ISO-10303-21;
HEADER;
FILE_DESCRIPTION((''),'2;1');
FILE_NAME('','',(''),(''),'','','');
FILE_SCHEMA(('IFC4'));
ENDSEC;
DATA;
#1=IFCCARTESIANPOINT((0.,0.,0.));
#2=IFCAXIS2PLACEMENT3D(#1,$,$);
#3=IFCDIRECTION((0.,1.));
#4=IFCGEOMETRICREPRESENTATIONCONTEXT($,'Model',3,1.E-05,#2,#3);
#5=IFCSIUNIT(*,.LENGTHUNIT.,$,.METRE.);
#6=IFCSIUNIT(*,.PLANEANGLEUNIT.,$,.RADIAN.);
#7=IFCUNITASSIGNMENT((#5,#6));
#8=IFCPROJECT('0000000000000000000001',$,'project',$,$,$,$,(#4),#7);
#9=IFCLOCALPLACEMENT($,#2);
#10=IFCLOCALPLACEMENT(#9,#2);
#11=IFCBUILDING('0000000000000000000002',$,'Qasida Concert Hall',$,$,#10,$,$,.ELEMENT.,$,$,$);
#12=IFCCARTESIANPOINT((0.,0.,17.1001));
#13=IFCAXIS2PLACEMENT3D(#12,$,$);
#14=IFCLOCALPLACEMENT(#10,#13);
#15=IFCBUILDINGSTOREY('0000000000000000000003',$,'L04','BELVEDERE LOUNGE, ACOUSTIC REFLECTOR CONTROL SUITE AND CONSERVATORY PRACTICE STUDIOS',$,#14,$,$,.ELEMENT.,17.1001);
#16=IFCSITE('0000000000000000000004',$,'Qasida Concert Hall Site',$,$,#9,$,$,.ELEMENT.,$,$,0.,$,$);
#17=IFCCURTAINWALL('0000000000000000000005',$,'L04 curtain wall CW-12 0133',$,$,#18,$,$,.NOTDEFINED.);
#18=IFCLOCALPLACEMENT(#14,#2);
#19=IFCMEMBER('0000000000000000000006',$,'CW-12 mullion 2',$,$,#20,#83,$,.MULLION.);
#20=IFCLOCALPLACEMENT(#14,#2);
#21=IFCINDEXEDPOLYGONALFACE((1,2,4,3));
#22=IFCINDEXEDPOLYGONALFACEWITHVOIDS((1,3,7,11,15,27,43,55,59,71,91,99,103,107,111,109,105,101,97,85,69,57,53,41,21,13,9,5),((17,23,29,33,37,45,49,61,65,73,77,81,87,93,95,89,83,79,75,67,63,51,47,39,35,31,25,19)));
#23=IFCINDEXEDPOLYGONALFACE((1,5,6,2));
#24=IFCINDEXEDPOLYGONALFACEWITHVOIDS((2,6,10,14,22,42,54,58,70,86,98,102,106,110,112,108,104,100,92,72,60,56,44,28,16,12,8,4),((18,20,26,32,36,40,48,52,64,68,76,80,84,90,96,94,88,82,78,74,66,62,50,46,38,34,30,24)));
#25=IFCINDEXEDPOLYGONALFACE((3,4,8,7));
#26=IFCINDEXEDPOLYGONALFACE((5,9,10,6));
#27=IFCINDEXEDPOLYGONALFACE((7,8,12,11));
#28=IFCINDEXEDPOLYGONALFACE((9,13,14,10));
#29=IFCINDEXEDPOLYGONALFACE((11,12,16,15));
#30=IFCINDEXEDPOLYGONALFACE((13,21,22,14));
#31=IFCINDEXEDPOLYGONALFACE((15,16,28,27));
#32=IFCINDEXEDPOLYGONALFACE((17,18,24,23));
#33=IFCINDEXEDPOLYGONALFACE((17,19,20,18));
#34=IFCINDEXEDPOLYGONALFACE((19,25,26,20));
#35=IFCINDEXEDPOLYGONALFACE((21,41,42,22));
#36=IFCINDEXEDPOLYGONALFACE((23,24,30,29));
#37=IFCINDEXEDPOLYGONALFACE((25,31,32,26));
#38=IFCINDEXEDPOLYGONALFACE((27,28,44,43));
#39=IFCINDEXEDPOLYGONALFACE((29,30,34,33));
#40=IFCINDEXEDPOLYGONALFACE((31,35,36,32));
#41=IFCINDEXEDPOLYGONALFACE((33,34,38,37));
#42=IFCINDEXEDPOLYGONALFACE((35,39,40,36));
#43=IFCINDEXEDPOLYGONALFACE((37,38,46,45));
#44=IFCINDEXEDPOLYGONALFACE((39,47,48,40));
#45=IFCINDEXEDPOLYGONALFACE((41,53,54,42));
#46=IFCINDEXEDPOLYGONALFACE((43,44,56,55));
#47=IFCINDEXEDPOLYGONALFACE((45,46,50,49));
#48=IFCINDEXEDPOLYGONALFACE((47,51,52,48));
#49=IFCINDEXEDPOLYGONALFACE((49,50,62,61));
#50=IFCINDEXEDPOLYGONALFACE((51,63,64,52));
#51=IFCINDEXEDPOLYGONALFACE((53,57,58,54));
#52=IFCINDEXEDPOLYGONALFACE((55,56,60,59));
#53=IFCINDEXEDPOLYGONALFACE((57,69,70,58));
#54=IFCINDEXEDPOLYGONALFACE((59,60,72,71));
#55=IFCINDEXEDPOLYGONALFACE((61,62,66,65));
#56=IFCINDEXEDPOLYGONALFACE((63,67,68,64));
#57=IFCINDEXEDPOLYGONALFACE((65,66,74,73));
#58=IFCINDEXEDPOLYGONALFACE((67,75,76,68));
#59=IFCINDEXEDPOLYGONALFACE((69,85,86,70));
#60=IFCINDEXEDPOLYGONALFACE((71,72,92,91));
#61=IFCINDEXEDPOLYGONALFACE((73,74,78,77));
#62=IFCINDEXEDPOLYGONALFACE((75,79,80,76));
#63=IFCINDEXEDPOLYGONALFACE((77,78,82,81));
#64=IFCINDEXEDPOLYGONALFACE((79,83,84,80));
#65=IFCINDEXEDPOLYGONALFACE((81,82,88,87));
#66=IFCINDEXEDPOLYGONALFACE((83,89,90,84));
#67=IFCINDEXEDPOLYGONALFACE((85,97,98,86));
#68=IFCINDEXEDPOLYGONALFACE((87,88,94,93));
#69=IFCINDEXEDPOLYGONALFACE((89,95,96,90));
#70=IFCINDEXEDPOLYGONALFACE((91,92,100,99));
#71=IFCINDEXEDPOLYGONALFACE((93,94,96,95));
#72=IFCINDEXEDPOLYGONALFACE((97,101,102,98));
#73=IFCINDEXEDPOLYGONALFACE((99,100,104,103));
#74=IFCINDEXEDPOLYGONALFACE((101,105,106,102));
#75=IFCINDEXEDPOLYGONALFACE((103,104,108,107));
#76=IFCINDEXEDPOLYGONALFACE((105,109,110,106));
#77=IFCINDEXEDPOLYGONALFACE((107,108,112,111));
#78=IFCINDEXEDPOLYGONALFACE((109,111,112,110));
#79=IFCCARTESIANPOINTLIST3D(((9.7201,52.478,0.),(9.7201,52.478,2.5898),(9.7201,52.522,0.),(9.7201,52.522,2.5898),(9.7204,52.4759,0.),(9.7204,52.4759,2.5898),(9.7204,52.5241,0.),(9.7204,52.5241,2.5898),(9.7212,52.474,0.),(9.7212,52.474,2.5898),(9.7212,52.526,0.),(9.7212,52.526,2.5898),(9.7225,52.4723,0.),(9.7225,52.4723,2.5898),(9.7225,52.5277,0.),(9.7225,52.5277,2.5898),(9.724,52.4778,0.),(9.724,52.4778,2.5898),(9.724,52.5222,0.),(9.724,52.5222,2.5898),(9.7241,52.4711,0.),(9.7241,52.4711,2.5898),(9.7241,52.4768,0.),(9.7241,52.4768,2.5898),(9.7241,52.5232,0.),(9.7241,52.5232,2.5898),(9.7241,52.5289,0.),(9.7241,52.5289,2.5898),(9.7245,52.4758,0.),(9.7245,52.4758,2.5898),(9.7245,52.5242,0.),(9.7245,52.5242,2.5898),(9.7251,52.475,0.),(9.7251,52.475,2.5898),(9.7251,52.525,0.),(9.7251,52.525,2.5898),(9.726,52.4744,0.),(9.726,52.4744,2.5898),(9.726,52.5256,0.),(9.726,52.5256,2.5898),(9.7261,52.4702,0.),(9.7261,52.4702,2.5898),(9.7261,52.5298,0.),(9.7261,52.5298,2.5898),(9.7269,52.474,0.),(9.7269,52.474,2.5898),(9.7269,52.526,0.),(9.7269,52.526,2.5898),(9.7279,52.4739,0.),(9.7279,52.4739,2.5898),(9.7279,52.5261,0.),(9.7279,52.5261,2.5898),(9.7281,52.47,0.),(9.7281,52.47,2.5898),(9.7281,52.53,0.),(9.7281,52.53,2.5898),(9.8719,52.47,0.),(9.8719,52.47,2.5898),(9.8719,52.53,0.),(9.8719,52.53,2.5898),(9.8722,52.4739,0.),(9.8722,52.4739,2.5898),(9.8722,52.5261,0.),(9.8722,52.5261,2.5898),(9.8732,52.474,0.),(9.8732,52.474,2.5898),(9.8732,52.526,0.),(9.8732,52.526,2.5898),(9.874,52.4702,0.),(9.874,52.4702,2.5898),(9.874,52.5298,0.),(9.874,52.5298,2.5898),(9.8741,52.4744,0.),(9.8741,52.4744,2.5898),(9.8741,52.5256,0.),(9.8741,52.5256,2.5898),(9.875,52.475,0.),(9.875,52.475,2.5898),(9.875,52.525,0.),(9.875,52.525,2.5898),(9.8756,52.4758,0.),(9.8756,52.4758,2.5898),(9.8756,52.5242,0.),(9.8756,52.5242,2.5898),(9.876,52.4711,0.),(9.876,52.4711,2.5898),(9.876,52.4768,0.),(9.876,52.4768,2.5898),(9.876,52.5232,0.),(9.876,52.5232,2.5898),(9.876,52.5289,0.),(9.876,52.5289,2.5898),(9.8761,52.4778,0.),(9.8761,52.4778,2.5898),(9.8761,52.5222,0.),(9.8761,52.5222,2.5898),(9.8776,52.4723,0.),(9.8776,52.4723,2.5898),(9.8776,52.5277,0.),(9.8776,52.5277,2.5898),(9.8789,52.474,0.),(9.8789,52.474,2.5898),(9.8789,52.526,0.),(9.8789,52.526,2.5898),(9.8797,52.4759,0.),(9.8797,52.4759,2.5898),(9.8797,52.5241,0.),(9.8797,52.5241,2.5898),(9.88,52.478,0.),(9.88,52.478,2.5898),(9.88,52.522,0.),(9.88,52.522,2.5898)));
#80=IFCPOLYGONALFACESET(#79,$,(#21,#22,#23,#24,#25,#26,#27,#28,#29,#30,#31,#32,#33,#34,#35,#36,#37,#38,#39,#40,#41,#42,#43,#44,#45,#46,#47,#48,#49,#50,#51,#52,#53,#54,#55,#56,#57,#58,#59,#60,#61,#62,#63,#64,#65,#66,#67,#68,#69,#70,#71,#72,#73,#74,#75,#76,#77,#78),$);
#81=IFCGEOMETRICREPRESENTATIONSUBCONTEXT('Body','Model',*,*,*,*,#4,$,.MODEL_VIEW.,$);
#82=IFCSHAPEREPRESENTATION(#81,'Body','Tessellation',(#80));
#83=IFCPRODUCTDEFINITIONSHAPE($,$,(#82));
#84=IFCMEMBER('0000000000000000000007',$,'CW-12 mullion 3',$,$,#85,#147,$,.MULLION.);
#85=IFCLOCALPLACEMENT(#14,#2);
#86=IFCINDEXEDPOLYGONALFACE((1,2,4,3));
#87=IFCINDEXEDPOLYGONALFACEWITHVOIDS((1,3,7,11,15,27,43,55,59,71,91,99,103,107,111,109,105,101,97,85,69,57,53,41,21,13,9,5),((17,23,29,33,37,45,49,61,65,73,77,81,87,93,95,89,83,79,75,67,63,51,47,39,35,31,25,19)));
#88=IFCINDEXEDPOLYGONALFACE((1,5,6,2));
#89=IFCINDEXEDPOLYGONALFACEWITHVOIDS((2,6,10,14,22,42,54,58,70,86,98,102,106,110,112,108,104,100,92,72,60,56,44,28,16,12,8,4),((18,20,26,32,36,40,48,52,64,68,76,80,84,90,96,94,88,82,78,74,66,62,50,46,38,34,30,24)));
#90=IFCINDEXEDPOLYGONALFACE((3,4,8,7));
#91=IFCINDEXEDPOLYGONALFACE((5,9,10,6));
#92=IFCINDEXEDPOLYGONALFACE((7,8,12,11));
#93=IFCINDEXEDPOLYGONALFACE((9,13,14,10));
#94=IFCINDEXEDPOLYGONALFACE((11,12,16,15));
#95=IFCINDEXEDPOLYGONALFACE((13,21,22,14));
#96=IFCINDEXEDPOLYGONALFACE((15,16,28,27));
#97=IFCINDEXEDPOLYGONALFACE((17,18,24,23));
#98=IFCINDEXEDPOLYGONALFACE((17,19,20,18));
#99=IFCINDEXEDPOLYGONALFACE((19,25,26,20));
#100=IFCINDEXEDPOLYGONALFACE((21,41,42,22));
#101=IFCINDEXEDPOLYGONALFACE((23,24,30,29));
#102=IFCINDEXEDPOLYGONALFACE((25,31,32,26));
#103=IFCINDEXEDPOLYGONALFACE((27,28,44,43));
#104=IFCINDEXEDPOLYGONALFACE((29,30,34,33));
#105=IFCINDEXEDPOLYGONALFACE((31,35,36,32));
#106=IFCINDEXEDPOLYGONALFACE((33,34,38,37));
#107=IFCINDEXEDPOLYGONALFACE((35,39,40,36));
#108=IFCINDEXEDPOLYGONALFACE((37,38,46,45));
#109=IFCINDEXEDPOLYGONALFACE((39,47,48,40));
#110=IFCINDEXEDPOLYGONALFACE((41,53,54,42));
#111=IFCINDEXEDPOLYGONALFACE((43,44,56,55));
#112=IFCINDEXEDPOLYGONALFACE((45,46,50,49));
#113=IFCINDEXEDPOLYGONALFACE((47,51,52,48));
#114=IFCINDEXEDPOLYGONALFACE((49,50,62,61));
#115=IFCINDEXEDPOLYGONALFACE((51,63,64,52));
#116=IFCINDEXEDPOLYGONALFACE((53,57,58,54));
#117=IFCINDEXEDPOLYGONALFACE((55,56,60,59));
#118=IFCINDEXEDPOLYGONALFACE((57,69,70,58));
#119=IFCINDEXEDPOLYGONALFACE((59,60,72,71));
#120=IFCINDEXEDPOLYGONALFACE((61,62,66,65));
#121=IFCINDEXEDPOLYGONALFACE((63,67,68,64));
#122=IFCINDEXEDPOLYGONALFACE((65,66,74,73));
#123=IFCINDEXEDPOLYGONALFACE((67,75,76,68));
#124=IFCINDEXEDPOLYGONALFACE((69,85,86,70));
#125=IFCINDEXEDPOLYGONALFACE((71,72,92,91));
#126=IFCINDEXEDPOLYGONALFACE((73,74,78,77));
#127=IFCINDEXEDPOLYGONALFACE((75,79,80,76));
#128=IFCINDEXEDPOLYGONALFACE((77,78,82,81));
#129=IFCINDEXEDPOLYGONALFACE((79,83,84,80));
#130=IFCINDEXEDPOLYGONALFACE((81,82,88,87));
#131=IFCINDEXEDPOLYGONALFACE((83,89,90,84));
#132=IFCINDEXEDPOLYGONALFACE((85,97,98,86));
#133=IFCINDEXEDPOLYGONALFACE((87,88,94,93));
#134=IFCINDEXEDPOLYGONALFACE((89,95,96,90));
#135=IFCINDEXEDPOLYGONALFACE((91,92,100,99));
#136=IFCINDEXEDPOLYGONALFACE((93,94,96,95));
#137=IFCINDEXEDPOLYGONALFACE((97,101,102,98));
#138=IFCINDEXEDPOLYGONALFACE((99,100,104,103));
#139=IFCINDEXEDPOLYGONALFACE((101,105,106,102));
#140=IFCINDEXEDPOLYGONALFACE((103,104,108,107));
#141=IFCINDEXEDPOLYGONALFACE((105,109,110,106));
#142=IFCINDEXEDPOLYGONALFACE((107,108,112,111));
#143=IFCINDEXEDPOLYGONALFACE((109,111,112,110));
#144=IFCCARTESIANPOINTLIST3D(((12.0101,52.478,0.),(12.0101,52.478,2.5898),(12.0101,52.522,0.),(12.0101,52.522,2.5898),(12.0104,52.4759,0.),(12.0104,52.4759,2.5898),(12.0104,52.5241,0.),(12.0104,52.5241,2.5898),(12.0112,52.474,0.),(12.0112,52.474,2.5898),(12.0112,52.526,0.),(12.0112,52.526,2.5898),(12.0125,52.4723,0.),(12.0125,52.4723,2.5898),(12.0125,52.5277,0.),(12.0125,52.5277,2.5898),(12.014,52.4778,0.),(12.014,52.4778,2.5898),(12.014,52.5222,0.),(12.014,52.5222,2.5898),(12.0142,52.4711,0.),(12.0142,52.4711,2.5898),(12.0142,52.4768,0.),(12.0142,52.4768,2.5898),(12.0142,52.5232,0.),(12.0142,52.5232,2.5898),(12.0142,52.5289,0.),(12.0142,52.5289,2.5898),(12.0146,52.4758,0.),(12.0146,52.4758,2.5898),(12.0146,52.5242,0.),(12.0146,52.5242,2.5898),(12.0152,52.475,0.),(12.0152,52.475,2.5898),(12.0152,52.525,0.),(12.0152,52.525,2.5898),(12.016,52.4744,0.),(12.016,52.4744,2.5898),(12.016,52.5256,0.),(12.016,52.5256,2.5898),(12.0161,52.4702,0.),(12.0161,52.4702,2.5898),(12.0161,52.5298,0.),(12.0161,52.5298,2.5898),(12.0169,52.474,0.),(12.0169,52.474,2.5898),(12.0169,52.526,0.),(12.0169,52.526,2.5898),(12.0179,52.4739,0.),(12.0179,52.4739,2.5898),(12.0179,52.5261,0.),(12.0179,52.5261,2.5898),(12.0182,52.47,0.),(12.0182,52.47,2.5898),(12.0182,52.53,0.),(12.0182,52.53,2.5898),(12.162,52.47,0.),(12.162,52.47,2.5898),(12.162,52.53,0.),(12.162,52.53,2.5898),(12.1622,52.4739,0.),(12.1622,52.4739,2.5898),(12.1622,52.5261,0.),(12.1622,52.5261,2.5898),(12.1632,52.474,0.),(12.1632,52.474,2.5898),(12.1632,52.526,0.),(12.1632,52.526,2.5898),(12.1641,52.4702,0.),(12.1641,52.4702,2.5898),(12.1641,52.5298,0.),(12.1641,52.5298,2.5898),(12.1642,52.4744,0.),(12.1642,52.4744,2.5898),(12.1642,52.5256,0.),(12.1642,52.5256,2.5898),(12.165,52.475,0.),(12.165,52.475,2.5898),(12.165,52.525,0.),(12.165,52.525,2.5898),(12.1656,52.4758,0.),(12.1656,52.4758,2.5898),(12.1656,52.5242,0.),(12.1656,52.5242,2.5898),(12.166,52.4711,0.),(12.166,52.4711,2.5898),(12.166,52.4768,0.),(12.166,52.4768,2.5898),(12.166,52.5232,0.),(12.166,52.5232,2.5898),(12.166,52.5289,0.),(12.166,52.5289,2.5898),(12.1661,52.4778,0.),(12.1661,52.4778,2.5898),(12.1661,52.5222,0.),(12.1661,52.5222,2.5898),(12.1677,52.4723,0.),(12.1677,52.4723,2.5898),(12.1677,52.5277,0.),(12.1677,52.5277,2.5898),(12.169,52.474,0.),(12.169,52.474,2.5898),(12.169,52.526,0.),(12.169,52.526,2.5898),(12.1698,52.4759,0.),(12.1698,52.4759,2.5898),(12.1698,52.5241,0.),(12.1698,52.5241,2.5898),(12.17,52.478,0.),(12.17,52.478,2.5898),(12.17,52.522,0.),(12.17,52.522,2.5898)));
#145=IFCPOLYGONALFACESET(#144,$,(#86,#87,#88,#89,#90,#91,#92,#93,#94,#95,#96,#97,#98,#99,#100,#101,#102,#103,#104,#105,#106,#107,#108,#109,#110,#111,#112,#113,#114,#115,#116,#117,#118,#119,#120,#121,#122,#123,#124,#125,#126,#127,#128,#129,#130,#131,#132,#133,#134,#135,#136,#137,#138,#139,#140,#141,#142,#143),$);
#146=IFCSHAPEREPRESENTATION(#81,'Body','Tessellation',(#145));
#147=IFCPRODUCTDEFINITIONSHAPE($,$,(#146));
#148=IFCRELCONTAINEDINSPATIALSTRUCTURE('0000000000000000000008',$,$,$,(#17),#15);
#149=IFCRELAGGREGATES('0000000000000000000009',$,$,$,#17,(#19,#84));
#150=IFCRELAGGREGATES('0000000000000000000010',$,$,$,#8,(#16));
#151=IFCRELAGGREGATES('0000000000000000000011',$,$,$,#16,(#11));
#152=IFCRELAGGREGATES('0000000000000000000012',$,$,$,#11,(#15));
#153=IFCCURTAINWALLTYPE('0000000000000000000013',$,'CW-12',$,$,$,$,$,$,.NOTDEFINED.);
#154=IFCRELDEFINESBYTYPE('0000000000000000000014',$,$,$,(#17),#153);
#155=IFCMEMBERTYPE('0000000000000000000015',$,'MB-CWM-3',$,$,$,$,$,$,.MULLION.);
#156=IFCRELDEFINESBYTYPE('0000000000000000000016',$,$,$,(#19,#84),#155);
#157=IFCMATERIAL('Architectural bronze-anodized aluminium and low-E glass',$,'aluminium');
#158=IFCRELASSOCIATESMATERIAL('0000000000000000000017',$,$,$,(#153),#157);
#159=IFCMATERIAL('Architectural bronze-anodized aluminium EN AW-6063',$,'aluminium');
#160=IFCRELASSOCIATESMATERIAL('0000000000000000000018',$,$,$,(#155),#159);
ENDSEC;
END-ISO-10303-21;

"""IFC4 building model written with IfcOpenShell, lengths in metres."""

from ifc_helpers import new_model, si_unit, direction, frame, origin, origin_2d, place, context, subcontext, project, spatial, hollow_rectangle, extrude, material, material_profile, profile_set, type_object, element, aggregate, save


model = new_model("IFC4")

# Units and contexts
model_context = context("Model", 3, precision=1e-05, world=origin(), true_north=direction((0.0, 1.0)))
body_context = subcontext(model_context, "Body", "Model", "MODEL_VIEW")
ifc_project = project(units=[si_unit("LENGTHUNIT", "METRE"), si_unit("PLANEANGLEUNIT", "RADIAN")], contexts=[model_context])

# Site, building, storey
site_placement = place(None, origin())
site = spatial("IfcSite", under=ifc_project, at=site_placement, Name="Qasida Concert Hall Site", CompositionType="ELEMENT", RefElevation=0.0)
building_placement = place(site_placement, origin())
building = spatial("IfcBuilding", under=site, at=building_placement, Name="Qasida Concert Hall", CompositionType="ELEMENT")
storey_placement = place(building_placement, frame((0.0, 0.0, 17.1001)))
storey = spatial("IfcBuildingStorey", under=building, at=storey_placement, Name="L04", Description="BELVEDERE LOUNGE, ACOUSTIC REFLECTOR CONTROL SUITE AND CONSERVATORY PRACTICE STUDIOS", CompositionType="ELEMENT", Elevation=17.1001)

# Shared definitions
ifc_material_1 = material(Name="Architectural bronze-anodized aluminium and low-E glass", Category="aluminium")
curtain_wall_type = type_object("IfcCurtainWallType", Name="CW-12", PredefinedType="NOTDEFINED", material=ifc_material_1)
ifc_material_2 = material(Name="Architectural bronze-anodized aluminium EN AW-6063", Category="aluminium")
ifc_material_profile_1 = material_profile(ifc_material_2, hollow_rectangle(XDim=0.0601, YDim=0.1599, WallThickness=0.0039, InnerFilletRadius=0.0039, OuterFilletRadius=0.0081, at=origin_2d()), Name="CWM 160x60x4")
ifc_profile_set_1 = profile_set([ifc_material_profile_1], Name="Architectural bronze-anodized aluminium EN AW-6063")
member_type_1 = type_object("IfcMemberType", Name="MB-CWM-3", PredefinedType="MULLION", material=ifc_profile_set_1)

# Curtain wall, members
curtain_wall_1_placement = place(storey_placement, origin())
curtain_wall_1 = element("IfcCurtainWall", 1, at=curtain_wall_1_placement, inside=storey, type_object=curtain_wall_type, Name="L04 curtain wall CW-12 0133", PredefinedType="NOTDEFINED")
member_1_placement = place(storey_placement, frame((9.8, 52.5, 0.0), z_axis=(0.0, 0.0, 1.0), x_axis=(0.0, 1.0, 0.0)))
member_1 = element("IfcMember", 2, at=member_1_placement, type_object=member_type_1, Name="CW-12 mullion 2", PredefinedType="MULLION", context=body_context, shape_type="SweptSolid", body=[
    extrude(hollow_rectangle(XDim=0.0601, YDim=0.1599, WallThickness=0.0039, InnerFilletRadius=0.0039, OuterFilletRadius=0.0081, at=origin_2d()), origin(), (0.0, 0.0, 1.0), 2.5898),
])
member_2_placement = place(storey_placement, frame((12.0901, 52.5, 0.0), z_axis=(0.0, 0.0, 1.0), x_axis=(0.0, 1.0, 0.0)))
member_2 = element("IfcMember", 3, at=member_2_placement, type_object=member_type_1, Name="CW-12 mullion 3", PredefinedType="MULLION", context=body_context, shape_type="SweptSolid", body=[
    extrude(hollow_rectangle(XDim=0.0601, YDim=0.1599, WallThickness=0.0039, InnerFilletRadius=0.0039, OuterFilletRadius=0.0081, at=origin_2d()), origin(), (0.0, 0.0, 1.0), 2.5898),
])

aggregate(curtain_wall_1, [member_1, member_2])

save(model, "model.ifc")
